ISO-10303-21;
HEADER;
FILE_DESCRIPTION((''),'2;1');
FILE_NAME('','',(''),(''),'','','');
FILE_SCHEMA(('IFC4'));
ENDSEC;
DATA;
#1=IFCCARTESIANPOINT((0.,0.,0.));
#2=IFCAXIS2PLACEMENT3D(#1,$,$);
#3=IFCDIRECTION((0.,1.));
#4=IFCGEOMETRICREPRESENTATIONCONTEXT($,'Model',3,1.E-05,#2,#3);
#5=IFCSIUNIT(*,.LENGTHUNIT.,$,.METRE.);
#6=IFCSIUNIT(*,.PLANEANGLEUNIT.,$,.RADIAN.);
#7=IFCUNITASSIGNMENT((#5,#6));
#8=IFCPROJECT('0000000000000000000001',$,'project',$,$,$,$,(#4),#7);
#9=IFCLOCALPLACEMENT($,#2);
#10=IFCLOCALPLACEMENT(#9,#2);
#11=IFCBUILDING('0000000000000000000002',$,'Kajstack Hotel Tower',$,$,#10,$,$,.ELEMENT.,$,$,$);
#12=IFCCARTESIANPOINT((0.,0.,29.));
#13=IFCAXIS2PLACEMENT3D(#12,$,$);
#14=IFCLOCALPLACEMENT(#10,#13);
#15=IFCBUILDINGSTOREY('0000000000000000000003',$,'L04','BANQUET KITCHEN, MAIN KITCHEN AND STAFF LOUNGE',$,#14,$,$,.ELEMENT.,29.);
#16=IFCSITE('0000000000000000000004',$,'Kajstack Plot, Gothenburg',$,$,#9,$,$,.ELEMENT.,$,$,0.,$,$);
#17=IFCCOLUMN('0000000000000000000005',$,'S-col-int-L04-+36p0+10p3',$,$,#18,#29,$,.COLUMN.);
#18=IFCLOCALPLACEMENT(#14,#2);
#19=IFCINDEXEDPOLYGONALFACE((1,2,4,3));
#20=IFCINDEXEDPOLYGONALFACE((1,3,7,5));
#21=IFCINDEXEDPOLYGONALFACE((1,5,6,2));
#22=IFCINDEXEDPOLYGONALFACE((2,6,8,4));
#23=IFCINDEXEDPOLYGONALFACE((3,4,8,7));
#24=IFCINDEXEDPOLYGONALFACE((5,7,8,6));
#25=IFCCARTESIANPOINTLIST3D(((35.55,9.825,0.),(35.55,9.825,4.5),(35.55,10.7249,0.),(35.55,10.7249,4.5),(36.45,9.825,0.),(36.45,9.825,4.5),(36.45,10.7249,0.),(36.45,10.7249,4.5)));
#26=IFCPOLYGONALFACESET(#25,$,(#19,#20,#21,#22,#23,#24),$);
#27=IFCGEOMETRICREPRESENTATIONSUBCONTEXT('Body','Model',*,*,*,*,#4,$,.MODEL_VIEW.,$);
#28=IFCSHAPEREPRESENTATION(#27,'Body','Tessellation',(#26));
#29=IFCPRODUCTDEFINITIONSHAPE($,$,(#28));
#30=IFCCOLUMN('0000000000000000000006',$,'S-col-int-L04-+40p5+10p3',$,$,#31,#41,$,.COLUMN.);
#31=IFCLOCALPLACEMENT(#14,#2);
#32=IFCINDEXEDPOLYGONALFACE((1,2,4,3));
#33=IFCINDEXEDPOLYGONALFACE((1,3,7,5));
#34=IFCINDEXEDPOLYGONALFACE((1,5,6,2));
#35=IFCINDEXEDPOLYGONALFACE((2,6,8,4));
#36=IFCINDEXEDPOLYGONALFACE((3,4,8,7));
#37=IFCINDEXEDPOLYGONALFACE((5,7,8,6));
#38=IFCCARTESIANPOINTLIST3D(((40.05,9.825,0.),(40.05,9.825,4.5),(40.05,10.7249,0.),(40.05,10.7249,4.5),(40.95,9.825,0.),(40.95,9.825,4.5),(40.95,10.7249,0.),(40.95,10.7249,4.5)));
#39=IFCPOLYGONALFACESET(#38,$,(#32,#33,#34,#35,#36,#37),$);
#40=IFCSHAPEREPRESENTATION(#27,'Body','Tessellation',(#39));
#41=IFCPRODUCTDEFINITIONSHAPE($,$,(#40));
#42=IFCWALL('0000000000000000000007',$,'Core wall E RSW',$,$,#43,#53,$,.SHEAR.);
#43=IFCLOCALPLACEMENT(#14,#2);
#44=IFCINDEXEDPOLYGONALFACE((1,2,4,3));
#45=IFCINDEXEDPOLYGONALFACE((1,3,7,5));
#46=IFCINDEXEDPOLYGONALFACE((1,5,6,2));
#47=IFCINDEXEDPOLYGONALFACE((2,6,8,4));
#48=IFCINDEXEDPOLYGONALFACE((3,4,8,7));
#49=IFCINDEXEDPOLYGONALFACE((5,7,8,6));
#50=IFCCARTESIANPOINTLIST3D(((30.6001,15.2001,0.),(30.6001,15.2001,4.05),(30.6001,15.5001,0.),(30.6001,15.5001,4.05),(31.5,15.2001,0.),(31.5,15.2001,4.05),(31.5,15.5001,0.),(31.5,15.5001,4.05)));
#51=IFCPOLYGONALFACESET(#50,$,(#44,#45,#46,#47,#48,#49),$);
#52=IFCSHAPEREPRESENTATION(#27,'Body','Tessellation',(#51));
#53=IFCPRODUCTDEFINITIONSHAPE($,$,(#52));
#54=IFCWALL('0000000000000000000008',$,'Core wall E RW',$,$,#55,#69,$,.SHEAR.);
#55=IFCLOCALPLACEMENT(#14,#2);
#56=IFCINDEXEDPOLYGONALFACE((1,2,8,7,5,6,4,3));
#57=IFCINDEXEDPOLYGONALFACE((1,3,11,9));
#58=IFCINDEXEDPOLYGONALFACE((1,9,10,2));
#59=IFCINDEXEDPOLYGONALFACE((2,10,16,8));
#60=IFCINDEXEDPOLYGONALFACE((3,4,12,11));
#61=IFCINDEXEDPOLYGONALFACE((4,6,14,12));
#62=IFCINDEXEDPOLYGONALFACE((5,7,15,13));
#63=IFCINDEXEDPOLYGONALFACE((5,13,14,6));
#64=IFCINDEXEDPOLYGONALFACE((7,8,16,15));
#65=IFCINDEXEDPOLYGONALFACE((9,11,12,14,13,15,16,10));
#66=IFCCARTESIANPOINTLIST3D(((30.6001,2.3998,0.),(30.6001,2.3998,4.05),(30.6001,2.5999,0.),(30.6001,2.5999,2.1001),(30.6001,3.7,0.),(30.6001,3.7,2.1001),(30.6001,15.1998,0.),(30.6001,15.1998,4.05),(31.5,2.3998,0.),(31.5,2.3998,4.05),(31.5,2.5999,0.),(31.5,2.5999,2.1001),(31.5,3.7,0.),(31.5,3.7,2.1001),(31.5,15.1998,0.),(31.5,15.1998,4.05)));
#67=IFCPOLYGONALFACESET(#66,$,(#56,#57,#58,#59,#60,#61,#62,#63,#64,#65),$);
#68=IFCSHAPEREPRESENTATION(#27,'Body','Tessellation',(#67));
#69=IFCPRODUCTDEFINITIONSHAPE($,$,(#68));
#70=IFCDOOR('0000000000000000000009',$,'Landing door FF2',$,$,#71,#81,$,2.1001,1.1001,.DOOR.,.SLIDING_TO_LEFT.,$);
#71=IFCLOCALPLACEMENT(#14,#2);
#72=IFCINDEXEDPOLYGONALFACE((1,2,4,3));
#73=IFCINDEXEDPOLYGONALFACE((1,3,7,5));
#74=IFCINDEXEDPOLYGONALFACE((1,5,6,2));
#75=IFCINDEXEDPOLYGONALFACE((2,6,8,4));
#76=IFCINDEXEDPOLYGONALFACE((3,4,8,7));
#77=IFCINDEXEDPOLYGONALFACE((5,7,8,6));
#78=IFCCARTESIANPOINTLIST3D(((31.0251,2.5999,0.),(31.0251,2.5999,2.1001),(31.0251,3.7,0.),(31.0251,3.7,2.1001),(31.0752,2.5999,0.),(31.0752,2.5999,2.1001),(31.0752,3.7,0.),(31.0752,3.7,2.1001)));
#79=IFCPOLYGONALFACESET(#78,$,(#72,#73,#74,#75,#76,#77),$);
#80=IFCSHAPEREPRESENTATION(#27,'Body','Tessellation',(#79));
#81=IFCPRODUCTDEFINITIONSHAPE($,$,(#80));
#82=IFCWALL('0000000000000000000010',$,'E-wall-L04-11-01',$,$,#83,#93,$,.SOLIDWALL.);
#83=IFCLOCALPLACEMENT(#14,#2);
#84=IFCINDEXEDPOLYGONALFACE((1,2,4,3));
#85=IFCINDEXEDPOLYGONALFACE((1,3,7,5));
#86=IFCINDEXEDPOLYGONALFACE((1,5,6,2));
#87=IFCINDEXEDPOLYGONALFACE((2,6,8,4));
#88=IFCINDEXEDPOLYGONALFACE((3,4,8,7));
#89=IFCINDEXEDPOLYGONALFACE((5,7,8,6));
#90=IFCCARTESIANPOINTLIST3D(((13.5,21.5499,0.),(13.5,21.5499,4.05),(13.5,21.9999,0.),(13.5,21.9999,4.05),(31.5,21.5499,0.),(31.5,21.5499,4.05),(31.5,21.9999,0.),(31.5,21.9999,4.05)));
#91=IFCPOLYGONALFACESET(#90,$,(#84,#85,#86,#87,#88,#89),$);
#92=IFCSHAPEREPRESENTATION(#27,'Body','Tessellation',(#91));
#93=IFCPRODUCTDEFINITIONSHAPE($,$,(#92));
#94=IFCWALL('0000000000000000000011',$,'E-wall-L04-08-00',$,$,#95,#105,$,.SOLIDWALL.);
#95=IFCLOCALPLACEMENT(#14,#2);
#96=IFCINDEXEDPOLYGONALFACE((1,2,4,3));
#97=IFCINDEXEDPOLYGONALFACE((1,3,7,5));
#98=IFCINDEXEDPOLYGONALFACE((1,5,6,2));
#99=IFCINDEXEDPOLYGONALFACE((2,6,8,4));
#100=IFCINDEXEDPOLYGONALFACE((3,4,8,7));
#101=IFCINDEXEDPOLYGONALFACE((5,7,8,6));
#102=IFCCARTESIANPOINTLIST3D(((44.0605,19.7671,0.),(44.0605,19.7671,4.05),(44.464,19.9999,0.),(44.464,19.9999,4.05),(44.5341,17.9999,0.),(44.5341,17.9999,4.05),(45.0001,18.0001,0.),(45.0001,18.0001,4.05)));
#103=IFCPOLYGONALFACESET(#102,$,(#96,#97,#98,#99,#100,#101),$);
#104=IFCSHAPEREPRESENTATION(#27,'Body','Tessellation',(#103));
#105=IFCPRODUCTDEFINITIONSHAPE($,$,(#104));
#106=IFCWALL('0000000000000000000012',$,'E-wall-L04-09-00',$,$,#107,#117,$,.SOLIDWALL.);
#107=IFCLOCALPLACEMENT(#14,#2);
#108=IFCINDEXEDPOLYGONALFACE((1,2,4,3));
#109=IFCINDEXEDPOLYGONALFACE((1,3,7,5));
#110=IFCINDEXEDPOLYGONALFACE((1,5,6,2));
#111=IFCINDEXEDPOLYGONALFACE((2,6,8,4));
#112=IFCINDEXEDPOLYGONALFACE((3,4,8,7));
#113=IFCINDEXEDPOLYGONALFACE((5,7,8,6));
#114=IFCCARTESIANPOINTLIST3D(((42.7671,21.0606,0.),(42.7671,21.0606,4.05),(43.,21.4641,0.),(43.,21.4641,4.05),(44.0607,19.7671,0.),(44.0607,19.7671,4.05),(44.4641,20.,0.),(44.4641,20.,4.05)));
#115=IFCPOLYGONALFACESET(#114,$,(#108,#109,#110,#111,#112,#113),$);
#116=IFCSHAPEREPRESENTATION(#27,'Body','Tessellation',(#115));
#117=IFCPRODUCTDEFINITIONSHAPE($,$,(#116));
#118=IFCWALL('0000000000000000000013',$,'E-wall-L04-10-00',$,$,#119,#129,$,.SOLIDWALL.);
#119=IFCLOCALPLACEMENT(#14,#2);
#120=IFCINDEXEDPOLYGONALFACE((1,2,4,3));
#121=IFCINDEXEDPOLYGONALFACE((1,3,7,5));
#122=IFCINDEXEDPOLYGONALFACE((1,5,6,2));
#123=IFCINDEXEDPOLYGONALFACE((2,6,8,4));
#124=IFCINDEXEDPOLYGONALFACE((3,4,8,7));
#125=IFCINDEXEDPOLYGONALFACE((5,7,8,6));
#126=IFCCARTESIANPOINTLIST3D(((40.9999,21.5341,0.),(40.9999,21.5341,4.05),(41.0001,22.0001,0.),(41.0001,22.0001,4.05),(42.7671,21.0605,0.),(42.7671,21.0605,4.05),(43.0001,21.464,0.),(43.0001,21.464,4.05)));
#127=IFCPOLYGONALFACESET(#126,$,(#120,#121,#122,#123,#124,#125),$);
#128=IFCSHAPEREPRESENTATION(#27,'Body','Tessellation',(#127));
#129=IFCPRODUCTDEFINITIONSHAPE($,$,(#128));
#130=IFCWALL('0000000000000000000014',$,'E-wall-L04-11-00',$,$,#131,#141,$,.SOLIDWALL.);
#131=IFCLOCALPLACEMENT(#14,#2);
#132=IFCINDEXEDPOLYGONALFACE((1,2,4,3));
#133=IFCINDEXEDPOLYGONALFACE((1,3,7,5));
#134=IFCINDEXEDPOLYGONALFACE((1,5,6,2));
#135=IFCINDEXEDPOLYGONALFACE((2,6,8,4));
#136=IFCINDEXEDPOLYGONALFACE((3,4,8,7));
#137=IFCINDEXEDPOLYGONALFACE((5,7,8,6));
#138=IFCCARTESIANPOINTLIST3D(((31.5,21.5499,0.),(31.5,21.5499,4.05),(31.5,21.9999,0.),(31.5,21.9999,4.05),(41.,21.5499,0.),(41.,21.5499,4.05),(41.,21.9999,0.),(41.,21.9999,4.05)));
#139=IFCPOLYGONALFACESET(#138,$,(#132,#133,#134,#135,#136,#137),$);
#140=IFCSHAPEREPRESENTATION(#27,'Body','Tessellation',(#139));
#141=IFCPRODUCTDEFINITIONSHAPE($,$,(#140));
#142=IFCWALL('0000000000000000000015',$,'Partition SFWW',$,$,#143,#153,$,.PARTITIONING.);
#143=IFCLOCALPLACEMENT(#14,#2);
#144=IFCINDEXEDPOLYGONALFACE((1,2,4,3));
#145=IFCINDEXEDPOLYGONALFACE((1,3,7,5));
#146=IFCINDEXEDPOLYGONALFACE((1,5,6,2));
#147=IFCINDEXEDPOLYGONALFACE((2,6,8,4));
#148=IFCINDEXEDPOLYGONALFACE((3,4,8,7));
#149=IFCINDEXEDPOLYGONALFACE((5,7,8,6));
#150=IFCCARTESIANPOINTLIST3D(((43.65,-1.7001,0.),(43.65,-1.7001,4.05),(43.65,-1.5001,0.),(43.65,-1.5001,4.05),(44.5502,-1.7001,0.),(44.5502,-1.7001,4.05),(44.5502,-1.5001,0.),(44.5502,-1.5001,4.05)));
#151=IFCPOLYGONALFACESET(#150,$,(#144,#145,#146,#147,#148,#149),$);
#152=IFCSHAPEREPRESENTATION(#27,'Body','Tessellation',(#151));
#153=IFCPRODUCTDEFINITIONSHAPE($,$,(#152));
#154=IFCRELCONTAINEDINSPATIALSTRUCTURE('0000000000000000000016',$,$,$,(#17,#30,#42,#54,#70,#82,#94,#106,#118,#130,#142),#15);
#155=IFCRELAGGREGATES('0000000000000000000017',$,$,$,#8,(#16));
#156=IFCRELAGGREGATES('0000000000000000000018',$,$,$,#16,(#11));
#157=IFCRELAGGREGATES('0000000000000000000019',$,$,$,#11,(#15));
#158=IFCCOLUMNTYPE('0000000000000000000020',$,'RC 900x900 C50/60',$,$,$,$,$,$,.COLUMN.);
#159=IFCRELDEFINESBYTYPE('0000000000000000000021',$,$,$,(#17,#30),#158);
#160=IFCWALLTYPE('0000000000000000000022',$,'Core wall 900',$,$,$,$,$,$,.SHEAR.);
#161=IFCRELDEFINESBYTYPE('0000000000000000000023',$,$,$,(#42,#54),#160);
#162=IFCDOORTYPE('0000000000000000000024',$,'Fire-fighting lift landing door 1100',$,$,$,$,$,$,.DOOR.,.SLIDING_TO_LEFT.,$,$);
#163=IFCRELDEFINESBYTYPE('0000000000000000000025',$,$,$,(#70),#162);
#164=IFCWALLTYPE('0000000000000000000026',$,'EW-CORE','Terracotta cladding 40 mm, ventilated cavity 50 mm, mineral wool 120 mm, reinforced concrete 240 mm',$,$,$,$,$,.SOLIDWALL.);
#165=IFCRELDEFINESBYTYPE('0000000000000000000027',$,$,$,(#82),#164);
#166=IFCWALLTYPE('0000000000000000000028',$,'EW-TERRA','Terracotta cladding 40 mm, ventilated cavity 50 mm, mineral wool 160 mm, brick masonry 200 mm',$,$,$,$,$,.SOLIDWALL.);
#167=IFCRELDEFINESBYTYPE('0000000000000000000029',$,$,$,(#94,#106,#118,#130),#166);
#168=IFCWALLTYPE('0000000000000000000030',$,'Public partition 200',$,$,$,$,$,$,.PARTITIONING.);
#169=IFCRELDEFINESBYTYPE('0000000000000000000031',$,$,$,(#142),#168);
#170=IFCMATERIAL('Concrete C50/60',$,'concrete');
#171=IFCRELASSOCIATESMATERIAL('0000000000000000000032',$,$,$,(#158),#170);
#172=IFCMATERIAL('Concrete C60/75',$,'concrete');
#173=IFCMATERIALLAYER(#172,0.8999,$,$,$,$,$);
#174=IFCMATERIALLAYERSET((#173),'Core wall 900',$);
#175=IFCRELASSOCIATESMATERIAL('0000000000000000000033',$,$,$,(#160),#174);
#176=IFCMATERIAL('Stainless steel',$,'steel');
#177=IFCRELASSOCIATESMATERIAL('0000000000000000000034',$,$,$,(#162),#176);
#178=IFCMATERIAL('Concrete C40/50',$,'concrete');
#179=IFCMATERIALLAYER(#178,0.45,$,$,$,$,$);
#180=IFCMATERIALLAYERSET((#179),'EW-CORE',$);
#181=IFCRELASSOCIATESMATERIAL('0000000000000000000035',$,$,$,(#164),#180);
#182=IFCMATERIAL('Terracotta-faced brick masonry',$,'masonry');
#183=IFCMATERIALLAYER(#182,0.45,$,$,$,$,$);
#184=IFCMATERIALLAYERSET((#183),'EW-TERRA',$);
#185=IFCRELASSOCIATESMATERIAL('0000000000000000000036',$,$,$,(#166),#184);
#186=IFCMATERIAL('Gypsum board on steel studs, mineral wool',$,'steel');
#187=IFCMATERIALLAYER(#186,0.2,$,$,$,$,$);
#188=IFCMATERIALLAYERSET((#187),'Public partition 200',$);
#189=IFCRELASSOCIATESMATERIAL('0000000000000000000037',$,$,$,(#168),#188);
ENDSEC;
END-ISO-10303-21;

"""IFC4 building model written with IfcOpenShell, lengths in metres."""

from ifc_helpers import new_model, si_unit, direction, frame, frame_2d, origin, origin_2d, place, context, subcontext, project, spatial, polyline, rectangle, outline, extrude, material, layer, layer_set, material_profile, profile_set, type_object, element, fill, save


model = new_model("IFC4")

# Units and contexts
model_context = context("Model", 3, precision=1e-05, world=origin(), true_north=direction((0.0, 1.0)))
body_context = subcontext(model_context, "Body", "Model", "MODEL_VIEW")
ifc_project = project(units=[si_unit("LENGTHUNIT", "METRE"), si_unit("PLANEANGLEUNIT", "RADIAN")], contexts=[model_context])

# Site, building, storey
site_placement = place(None, origin())
site = spatial("IfcSite", under=ifc_project, at=site_placement, Name="Kajstack Plot, Gothenburg", CompositionType="ELEMENT", RefElevation=0.0)
building_placement = place(site_placement, origin())
building = spatial("IfcBuilding", under=site, at=building_placement, Name="Kajstack Hotel Tower", CompositionType="ELEMENT")
storey_placement = place(building_placement, frame((0.0, 0.0, 29.0)))
storey = spatial("IfcBuildingStorey", under=building, at=storey_placement, Name="L04", Description="BANQUET KITCHEN, MAIN KITCHEN AND STAFF LOUNGE", CompositionType="ELEMENT", Elevation=29.0)

# Columns
ifc_material_1 = material(Name="Concrete C50/60", Category="concrete")
ifc_material_profile = material_profile(ifc_material_1, rectangle(XDim=0.8999, YDim=0.8999, at=origin_2d()), Name="RC 900x900")
ifc_profile_set = profile_set([ifc_material_profile], Name="Concrete C50/60")
column_type = type_object("IfcColumnType", Name="RC 900x900 C50/60", PredefinedType="COLUMN", material=ifc_profile_set)
for number, where, z_axis, x_axis, name in (
    (1, (36.0, 10.2749, 0.0), (0.0, 0.0, 1.0), (1.0, 0.0, 0.0), "S-col-int-L04-+36p0+10p3"),
    (2, (40.5, 10.2749, 0.0), (0.0, 0.0, 1.0), (1.0, 0.0, 0.0), "S-col-int-L04-+40p5+10p3"),
):
    element("IfcColumn", number, at=place(storey_placement, frame(where, z_axis=z_axis, x_axis=x_axis)), inside=storey, type_object=column_type, Name=name, PredefinedType="COLUMN", context=body_context, shape_type="SweptSolid", body=[
        extrude(rectangle(XDim=0.8999, YDim=0.8999, at=origin_2d()), origin(), (0.0, 0.0, 1.0), 4.5),
    ])

# Wall
ifc_material_2 = material(Name="Concrete C60/75", Category="concrete")
ifc_layer_1 = layer(ifc_material_2, 0.8999)
ifc_layer_set_1 = layer_set([ifc_layer_1], Name="Core wall 900")
wall_type_1 = type_object("IfcWallType", Name="Core wall 900", PredefinedType="SHEAR", material=ifc_layer_set_1)
wall_1_placement = place(storey_placement, frame((30.6001, 15.3501, 0.0), z_axis=(0.0, 0.0, 1.0), x_axis=(1.0, 0.0, 0.0)))
element("IfcWall", 3, at=wall_1_placement, inside=storey, type_object=wall_type_1, Name="Core wall E RSW", PredefinedType="SHEAR", context=body_context, shape_type="SweptSolid", body=[
    extrude(rectangle(XDim=0.8999, YDim=0.3, at=frame_2d((0.45, 0.0))), origin(), (0.0, 0.0, 1.0), 4.05),
])

# Wall, opening, door
wall_2_placement = place(storey_placement, frame((31.05, 2.3999, 0.0), z_axis=(0.0, 0.0, 1.0), x_axis=(0.0, 1.0, 0.0)))
wall_2 = element("IfcWall", 4, at=wall_2_placement, inside=storey, type_object=wall_type_1, Name="Core wall E RW", PredefinedType="SHEAR", context=body_context, shape_type="SweptSolid", body=[
    extrude(rectangle(XDim=12.8, YDim=0.8999, at=frame_2d((6.3999, 0.0))), origin(), (0.0, 0.0, 1.0), 4.05),
])
opening_1_placement = place(wall_2_placement, frame((0.2, 0.0, 0.0)))
opening_1 = element("IfcOpeningElement", 5, at=opening_1_placement, cuts=wall_2, PredefinedType="OPENING", context=body_context, shape_type="SweptSolid", body=[
    extrude(rectangle(XDim=1.1001, YDim=2.1001, at=frame_2d((0.55, 1.05))), frame((0.0, 0.46, 0.0), z_axis=(0.0, -1.0, 0.0), x_axis=(1.0, 0.0, 0.0)), (0.0, 0.0, 1.0), 0.9199),
])
ifc_material_3 = material(Name="Stainless steel", Category="steel")
door_type_1 = type_object("IfcDoorType", Name="Fire-fighting lift landing door 1100", OperationType="SLIDING_TO_LEFT", PredefinedType="DOOR", material=ifc_material_3)
door_1_placement = place(opening_1_placement, origin())
door_1 = element("IfcDoor", 6, at=door_1_placement, inside=storey, type_object=door_type_1, Name="Landing door FF2", OperationType="SLIDING_TO_LEFT", OverallHeight=2.1001, OverallWidth=1.1001, PredefinedType="DOOR", context=body_context, shape_type="SweptSolid", body=[
    extrude(rectangle(XDim=1.1001, YDim=2.1001, at=frame_2d((0.55, 1.05))), frame((0.0, 0.0249, 0.0), z_axis=(0.0, -1.0, 0.0), x_axis=(1.0, 0.0, 0.0)), (0.0, 0.0, 1.0), 0.05),
])
fill(opening_1, door_1)

# Walls
ifc_material_4 = material(Name="Concrete C40/50", Category="concrete")
ifc_layer_2 = layer(ifc_material_4, 0.45)
ifc_layer_set_2 = layer_set([ifc_layer_2], Name="EW-CORE")
wall_type_2 = type_object("IfcWallType", Name="EW-CORE", Description="Terracotta cladding 40 mm, ventilated cavity 50 mm, mineral wool 120 mm, reinforced concrete 240 mm", PredefinedType="SOLIDWALL", material=ifc_layer_set_2)
wall_3_placement = place(storey_placement, frame((31.5, 21.7749, 0.0), z_axis=(0.0, 0.0, 1.0), x_axis=(-1.0, 0.0, 0.0)))
element("IfcWall", 7, at=wall_3_placement, inside=storey, type_object=wall_type_2, Name="E-wall-L04-11-01", PredefinedType="SOLIDWALL", context=body_context, shape_type="SweptSolid", body=[
    extrude(rectangle(XDim=18.0, YDim=0.45, at=frame_2d((9.0, 0.0))), origin(), (0.0, 0.0, 1.0), 4.05),
])
ifc_material_5 = material(Name="Terracotta-faced brick masonry", Category="masonry")
ifc_layer_3 = layer(ifc_material_5, 0.45)
ifc_layer_set_3 = layer_set([ifc_layer_3], Name="EW-TERRA")
wall_type_3 = type_object("IfcWallType", Name="EW-TERRA", Description="Terracotta cladding 40 mm, ventilated cavity 50 mm, mineral wool 160 mm, brick masonry 200 mm", PredefinedType="SOLIDWALL", material=ifc_layer_set_3)
wall_4_placement = place(storey_placement, frame((44.7827, 17.9417, 0.0), z_axis=(0.0, 0.0, 1.0), x_axis=(-0.258815, 0.965927, 0.0)))
element("IfcWall", 8, at=wall_4_placement, inside=storey, type_object=wall_type_3, Name="E-wall-L04-08-00", PredefinedType="SOLIDWALL", context=body_context, shape_type="SweptSolid", body=[
    extrude(outline(polyline([(0.0002, -0.2251), (2.0706, -0.2249), (1.9502, 0.2251), (0.1206, 0.2251), (0.0002, -0.2251)])), origin(), (0.0, 0.0, 1.0), 4.05),
])
wall_5_placement = place(storey_placement, frame((44.3049, 19.8408, 0.0), z_axis=(0.0, 0.0, 1.0), x_axis=(-0.707107, 0.707107, 0.0)))
element("IfcWall", 9, at=wall_5_placement, inside=storey, type_object=wall_type_3, Name="E-wall-L04-09-00", PredefinedType="SOLIDWALL", context=body_context, shape_type="SweptSolid", body=[
    extrude(outline(polyline([(0.0, -0.2251), (2.0706, -0.2251), (1.95, 0.2249), (0.1206, 0.2249), (0.0, -0.2251)])), origin(), (0.0, 0.0, 1.0), 4.05),
])
wall_6_placement = place(storey_placement, frame((42.9417, 21.2468, 0.0), z_axis=(0.0, 0.0, 1.0), x_axis=(-0.965927, 0.258815, 0.0)))
element("IfcWall", 10, at=wall_6_placement, inside=storey, type_object=wall_type_3, Name="E-wall-L04-10-00", PredefinedType="SOLIDWALL", context=body_context, shape_type="SweptSolid", body=[
    extrude(outline(polyline([(-0.0002, -0.2249), (2.0703, -0.2251), (1.95, 0.2251), (0.1204, 0.2251), (-0.0002, -0.2249)])), origin(), (0.0, 0.0, 1.0), 4.05),
])
wall_7_placement = place(storey_placement, frame((41.0, 21.7749, 0.0), z_axis=(0.0, 0.0, 1.0), x_axis=(-1.0, 0.0, 0.0)))
element("IfcWall", 11, at=wall_7_placement, inside=storey, type_object=wall_type_3, Name="E-wall-L04-11-00", PredefinedType="SOLIDWALL", context=body_context, shape_type="SweptSolid", body=[
    extrude(rectangle(XDim=9.5, YDim=0.45, at=frame_2d((4.75, 0.0))), origin(), (0.0, 0.0, 1.0), 4.05),
])
ifc_material_6 = material(Name="Gypsum board on steel studs, mineral wool", Category="steel")
ifc_layer_4 = layer(ifc_material_6, 0.2)
ifc_layer_set_4 = layer_set([ifc_layer_4], Name="Public partition 200")
wall_type_4 = type_object("IfcWallType", Name="Public partition 200", PredefinedType="PARTITIONING", material=ifc_layer_set_4)
wall_8_placement = place(storey_placement, frame((43.6499, -1.6001, 0.0), z_axis=(0.0, 0.0, 1.0), x_axis=(1.0, 0.0, 0.0)))
element("IfcWall", 12, at=wall_8_placement, inside=storey, type_object=wall_type_4, Name="Partition SFWW", PredefinedType="PARTITIONING", context=body_context, shape_type="SweptSolid", body=[
    extrude(rectangle(XDim=0.9001, YDim=0.2, at=frame_2d((0.4502, 0.0))), origin(), (0.0, 0.0, 1.0), 4.05),
])

save(model, "model.ifc")
